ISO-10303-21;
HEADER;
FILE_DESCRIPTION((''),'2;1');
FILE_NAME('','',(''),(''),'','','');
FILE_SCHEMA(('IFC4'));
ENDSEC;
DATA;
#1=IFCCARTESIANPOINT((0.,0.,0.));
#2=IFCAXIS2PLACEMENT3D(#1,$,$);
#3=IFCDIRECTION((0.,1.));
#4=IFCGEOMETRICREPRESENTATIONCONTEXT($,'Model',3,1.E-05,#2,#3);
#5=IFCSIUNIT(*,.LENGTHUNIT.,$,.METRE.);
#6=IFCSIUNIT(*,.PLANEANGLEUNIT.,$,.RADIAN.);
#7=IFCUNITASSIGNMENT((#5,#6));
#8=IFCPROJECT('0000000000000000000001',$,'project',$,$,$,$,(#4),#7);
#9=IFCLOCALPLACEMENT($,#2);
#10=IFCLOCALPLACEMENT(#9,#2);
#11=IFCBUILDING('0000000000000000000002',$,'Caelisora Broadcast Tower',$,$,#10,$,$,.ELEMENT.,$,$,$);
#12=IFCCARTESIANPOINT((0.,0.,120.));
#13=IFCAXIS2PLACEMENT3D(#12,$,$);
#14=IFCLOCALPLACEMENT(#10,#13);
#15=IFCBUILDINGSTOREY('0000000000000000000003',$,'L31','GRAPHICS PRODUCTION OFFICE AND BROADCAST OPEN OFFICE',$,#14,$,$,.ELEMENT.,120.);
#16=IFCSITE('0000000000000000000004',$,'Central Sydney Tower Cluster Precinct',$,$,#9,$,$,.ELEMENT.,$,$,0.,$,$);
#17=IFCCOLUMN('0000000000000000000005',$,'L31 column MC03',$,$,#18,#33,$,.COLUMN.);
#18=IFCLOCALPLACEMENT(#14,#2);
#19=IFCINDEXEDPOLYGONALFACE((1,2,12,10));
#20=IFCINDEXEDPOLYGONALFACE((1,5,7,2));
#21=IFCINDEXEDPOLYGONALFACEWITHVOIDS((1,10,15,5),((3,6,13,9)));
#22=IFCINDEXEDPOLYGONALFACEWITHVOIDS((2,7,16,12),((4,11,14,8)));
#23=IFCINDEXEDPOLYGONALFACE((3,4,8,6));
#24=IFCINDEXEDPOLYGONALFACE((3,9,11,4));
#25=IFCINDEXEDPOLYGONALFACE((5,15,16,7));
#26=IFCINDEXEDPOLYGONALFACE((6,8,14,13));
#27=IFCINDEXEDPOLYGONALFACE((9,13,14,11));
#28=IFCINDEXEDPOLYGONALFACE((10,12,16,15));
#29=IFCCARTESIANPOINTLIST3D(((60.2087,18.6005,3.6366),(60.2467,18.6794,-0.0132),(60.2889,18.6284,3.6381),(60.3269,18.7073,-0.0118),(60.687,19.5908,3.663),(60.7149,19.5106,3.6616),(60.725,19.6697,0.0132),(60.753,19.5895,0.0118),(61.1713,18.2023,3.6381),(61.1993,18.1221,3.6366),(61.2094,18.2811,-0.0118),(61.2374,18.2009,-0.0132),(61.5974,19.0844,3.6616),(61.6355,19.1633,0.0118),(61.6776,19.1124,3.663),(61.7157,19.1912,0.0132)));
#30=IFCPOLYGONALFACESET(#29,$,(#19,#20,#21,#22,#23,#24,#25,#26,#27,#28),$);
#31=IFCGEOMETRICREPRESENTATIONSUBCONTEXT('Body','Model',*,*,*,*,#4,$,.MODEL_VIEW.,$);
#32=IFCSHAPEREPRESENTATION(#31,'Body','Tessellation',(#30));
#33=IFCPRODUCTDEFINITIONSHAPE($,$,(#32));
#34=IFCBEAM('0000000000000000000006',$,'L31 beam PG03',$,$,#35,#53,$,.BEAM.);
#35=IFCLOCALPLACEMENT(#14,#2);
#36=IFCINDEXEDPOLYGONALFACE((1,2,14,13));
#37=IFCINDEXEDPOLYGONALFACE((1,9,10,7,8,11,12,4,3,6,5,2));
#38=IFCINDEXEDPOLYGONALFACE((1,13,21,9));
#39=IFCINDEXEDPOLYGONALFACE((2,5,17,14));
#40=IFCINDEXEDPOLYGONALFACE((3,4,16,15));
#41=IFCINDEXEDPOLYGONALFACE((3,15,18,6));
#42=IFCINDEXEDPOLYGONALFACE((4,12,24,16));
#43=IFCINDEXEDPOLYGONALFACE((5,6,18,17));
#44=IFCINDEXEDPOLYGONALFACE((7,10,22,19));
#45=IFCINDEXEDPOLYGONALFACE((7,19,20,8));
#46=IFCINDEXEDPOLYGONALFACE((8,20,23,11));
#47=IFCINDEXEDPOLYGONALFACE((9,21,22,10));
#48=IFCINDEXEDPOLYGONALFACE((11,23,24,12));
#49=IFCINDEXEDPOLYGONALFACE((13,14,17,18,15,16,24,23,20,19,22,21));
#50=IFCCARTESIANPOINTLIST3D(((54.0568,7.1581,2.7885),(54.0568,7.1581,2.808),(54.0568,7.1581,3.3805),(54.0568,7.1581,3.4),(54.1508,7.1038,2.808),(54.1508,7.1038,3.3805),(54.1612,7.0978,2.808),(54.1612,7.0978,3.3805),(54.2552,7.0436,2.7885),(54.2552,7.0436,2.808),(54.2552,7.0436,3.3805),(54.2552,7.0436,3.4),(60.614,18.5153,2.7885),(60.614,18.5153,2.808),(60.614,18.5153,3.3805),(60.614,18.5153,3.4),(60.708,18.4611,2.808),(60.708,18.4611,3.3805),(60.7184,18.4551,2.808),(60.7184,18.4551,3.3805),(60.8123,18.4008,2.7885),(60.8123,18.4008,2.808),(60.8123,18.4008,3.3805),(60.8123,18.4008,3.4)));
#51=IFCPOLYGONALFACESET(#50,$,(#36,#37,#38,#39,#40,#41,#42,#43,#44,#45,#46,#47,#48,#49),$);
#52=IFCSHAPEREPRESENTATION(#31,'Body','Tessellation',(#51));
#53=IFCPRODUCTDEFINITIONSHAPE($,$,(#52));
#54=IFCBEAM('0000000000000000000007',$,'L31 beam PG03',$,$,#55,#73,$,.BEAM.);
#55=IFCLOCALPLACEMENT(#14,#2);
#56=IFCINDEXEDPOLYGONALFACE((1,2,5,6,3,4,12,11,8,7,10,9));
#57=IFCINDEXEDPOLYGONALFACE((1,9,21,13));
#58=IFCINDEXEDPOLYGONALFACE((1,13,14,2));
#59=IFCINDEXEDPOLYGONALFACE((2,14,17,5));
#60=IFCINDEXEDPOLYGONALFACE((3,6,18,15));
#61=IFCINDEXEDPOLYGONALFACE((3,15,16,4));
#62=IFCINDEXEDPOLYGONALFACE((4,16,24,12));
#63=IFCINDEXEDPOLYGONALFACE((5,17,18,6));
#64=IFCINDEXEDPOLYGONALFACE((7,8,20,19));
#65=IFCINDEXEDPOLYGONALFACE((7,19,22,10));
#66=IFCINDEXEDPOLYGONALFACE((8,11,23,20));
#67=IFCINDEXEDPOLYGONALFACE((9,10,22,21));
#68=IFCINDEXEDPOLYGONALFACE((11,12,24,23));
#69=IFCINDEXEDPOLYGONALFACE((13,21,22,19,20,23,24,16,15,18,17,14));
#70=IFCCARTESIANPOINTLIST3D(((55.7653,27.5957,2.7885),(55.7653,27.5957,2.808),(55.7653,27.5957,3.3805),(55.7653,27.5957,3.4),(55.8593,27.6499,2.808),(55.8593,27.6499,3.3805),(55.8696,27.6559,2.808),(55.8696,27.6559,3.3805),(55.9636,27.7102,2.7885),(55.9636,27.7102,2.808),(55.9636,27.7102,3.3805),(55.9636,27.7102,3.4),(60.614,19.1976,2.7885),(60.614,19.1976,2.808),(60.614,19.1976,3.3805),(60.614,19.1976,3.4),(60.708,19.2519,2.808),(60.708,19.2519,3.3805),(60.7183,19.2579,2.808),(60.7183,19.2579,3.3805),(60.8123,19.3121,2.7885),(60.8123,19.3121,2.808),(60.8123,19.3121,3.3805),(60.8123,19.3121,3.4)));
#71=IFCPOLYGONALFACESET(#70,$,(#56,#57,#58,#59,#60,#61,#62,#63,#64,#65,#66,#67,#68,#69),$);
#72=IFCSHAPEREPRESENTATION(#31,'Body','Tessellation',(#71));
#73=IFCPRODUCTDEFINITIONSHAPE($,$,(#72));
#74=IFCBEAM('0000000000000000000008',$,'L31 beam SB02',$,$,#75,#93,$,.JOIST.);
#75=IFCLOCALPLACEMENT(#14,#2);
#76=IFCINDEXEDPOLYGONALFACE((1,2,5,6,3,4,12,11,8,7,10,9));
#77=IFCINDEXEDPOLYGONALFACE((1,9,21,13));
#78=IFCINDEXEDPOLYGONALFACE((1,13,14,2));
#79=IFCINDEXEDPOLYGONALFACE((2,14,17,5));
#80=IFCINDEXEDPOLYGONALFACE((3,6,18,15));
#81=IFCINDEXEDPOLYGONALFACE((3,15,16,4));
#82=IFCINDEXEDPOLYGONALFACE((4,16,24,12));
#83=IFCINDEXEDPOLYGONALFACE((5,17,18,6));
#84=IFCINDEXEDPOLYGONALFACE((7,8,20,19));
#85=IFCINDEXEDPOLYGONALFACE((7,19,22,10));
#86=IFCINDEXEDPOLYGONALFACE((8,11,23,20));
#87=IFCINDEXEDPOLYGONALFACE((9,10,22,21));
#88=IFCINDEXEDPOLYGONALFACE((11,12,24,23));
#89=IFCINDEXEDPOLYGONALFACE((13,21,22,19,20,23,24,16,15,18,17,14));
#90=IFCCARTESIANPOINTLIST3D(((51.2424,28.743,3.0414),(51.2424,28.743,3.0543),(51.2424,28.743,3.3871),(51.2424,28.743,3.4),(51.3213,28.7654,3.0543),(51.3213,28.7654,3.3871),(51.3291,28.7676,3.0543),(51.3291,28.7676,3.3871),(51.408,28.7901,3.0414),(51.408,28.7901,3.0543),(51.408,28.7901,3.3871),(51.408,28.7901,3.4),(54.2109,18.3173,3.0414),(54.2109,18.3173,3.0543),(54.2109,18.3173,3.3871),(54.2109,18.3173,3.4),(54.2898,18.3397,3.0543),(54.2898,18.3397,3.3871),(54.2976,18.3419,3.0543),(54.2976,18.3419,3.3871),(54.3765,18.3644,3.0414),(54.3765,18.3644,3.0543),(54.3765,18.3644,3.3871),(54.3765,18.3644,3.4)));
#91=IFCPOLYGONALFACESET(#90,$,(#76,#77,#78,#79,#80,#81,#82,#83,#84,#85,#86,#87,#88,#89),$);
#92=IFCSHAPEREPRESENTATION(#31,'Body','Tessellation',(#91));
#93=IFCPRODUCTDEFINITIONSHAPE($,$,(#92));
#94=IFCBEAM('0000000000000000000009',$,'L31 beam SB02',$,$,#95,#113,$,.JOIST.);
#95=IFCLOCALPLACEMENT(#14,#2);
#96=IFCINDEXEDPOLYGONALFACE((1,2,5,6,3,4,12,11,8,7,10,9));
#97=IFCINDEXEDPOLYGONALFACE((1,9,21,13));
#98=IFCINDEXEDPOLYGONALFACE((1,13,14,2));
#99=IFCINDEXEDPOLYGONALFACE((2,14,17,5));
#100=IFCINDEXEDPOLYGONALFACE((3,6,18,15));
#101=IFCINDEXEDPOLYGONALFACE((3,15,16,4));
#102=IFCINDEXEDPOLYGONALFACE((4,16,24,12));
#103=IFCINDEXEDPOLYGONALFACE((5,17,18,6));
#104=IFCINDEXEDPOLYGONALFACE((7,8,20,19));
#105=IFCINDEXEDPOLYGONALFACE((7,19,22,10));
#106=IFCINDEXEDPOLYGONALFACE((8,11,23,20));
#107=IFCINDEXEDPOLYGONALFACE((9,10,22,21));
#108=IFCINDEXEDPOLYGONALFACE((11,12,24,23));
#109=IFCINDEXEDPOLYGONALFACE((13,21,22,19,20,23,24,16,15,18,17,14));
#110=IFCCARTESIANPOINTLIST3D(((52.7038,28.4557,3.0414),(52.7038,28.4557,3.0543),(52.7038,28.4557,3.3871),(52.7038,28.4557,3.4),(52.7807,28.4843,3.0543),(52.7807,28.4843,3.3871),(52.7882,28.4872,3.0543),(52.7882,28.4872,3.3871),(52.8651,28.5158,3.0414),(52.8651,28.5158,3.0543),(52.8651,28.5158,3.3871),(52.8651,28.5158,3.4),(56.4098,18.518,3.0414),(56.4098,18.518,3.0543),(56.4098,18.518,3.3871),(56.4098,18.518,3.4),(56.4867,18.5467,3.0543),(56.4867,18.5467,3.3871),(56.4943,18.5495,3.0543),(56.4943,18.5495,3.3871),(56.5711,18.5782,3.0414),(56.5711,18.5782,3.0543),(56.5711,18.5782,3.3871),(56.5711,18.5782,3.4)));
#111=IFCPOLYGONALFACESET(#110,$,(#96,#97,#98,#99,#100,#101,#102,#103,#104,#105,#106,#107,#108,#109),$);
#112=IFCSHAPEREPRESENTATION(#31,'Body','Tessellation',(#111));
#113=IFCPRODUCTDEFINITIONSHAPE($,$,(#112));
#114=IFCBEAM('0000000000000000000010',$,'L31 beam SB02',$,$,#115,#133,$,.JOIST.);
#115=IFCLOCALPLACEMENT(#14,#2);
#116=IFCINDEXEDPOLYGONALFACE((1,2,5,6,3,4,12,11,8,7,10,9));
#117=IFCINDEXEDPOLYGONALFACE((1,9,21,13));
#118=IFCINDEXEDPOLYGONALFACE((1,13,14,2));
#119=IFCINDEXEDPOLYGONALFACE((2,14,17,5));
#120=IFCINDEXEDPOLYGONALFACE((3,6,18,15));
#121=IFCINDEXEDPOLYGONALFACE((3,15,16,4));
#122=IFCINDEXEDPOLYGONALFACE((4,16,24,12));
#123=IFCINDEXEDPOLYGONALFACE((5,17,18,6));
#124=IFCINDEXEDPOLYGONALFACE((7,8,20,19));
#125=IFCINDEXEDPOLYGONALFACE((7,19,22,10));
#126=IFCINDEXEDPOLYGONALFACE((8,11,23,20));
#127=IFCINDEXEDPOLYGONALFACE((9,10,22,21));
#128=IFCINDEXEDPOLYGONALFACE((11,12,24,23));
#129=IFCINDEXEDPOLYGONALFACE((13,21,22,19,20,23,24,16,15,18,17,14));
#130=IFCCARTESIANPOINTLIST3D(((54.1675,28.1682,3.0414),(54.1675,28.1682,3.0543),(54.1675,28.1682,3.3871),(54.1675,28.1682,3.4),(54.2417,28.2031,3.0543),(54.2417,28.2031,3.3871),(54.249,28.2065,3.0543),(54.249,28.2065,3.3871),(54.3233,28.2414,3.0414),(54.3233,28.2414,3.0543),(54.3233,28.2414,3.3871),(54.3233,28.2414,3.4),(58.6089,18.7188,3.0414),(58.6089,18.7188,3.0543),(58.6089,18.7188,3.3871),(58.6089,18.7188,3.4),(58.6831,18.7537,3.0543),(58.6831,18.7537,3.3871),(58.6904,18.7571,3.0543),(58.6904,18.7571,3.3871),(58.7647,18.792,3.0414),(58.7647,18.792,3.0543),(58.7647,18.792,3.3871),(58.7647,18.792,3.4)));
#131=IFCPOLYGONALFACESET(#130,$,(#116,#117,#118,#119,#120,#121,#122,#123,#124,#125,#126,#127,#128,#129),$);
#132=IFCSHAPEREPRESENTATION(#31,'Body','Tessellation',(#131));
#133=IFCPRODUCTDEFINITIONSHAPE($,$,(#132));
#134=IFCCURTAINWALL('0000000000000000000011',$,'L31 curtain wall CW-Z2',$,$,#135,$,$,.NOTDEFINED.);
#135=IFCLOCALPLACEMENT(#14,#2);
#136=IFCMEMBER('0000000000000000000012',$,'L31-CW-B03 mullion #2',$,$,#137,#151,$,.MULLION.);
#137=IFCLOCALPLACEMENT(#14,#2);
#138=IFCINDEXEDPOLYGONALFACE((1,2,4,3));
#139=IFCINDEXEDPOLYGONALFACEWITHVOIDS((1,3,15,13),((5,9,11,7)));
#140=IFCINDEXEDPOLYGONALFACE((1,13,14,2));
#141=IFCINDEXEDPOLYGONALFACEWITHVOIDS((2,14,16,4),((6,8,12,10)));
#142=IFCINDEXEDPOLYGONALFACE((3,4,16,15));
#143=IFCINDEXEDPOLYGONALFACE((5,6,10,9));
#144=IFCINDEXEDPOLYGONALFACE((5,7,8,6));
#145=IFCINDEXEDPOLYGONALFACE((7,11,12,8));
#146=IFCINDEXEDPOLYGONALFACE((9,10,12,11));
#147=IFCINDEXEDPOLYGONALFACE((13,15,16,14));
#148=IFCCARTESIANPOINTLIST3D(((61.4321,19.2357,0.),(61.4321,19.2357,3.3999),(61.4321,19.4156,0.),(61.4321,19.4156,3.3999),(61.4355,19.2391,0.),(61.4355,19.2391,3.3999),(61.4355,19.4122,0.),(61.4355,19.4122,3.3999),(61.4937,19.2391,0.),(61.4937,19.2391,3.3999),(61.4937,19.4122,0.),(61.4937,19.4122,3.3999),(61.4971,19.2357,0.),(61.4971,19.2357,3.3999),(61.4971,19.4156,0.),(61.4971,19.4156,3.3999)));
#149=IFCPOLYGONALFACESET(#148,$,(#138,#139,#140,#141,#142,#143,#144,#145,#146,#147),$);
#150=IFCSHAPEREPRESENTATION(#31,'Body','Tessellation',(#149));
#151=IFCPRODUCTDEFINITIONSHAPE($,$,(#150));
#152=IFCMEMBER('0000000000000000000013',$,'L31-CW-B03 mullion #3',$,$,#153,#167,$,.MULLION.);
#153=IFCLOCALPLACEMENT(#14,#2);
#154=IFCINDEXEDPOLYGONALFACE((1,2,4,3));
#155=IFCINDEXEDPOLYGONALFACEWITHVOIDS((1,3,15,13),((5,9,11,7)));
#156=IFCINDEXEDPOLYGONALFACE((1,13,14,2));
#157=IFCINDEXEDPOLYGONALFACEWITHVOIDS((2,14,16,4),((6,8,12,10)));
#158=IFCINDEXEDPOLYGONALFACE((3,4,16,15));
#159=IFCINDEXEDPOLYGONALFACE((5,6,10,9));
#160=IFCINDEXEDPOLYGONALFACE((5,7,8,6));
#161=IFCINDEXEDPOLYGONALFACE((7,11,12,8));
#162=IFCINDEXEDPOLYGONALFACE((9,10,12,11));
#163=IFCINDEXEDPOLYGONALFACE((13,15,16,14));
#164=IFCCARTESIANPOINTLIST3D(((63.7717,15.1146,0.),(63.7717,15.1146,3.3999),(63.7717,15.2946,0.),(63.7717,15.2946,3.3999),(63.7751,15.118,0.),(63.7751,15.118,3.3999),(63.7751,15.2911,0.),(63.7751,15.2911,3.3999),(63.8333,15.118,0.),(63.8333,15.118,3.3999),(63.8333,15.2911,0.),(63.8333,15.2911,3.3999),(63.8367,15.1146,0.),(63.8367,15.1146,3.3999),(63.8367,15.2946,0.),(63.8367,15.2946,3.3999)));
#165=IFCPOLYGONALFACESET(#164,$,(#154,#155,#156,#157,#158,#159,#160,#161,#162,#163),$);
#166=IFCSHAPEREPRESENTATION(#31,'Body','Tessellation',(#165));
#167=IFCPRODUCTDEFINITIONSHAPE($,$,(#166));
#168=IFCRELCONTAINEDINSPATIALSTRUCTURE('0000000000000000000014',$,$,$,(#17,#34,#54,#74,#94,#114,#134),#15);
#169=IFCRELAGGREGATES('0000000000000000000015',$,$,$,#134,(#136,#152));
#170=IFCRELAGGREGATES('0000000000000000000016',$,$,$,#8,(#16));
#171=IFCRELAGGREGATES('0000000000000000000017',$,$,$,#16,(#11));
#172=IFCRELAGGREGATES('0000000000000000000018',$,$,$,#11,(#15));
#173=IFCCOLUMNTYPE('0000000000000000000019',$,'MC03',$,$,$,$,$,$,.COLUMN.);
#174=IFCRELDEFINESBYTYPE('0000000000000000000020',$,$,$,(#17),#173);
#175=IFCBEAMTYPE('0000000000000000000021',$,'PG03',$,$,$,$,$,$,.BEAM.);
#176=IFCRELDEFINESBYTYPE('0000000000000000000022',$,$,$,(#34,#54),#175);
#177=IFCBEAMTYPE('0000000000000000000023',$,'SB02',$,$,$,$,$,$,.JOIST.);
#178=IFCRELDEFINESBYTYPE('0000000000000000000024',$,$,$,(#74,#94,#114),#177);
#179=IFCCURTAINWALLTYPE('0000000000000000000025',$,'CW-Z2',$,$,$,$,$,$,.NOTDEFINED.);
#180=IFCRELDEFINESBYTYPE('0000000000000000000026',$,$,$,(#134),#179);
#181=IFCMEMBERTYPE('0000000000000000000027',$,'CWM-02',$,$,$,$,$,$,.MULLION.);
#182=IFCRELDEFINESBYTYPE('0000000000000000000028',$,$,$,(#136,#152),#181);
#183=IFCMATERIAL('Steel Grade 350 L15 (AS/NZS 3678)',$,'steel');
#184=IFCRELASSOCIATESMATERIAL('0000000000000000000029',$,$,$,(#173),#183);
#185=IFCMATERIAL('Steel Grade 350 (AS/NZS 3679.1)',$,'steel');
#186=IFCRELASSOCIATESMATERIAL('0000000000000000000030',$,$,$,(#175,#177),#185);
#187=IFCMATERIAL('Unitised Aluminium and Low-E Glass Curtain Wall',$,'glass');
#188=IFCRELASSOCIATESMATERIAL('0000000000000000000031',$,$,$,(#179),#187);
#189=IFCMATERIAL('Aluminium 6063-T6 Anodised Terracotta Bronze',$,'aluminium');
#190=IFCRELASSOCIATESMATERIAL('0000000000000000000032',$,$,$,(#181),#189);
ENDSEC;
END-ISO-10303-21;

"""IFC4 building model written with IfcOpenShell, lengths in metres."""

from ifc_helpers import new_model, si_unit, direction, frame, origin, origin_2d, place, context, subcontext, project, spatial, hollow_rectangle, i_section, extrude, source, transform, mapped, material, material_profile, profile_set, type_object, type_shapes, element, aggregate, save


model = new_model("IFC4")

# Units and contexts
model_context = context("Model", 3, precision=1e-05, world=origin(), true_north=direction((0.0, 1.0)))
body_context = subcontext(model_context, "Body", "Model", "MODEL_VIEW")
ifc_project = project(units=[si_unit("LENGTHUNIT", "METRE"), si_unit("PLANEANGLEUNIT", "RADIAN")], contexts=[model_context])

# Site, building, storey
site_placement = place(None, origin())
site = spatial("IfcSite", under=ifc_project, at=site_placement, Name="Central Sydney Tower Cluster Precinct", CompositionType="ELEMENT", RefElevation=0.0)
building_placement = place(site_placement, origin())
building = spatial("IfcBuilding", under=site, at=building_placement, Name="Caelisora Broadcast Tower", CompositionType="ELEMENT")
storey_placement = place(building_placement, frame((0.0, 0.0, 120.0)))
storey = spatial("IfcBuildingStorey", under=building, at=storey_placement, Name="L31", Description="GRAPHICS PRODUCTION OFFICE AND BROADCAST OPEN OFFICE", CompositionType="ELEMENT", Elevation=120.0)

# Column
ifc_material_1 = material(Name="Steel Grade 350 L15 (AS/NZS 3678)", Category="steel")
ifc_material_profile_1 = material_profile(ifc_material_1, hollow_rectangle(XDim=1.1001, YDim=1.1001, WallThickness=0.0601, at=origin_2d()), Name="Steel Grade 350 L15 (AS/NZS 3678)")
ifc_profile_set_1 = profile_set([ifc_material_profile_1], Name="Steel Grade 350 L15 (AS/NZS 3678)")
column_type = type_object("IfcColumnType", Name="MC03", PredefinedType="COLUMN", material=ifc_profile_set_1)
shared_shape_1 = source(origin(), body_context, "Body", "SweptSolid", [
    extrude(hollow_rectangle(XDim=1.1001, YDim=1.1001, WallThickness=0.0601, at=origin_2d()), origin(), (0.0, 0.0, 1.0), 3.6509),
])
type_shapes(column_type, [shared_shape_1])
column_placement = place(storey_placement, frame((60.9812, 18.9353, 0.0), z_axis=(-0.010432, -0.021599, 0.999712), x_axis=(0.900476, -0.434905, 0.0)))
element("IfcColumn", 1, at=column_placement, inside=storey, type_object=column_type, Name="L31 column MC03", PredefinedType="COLUMN", context=body_context, shape_type="MappedRepresentation", body=[
    mapped(shared_shape_1, transform((0.0, 0.0, 0.0), scale=1.0)),
])

# Beams
ifc_material_2 = material(Name="Steel Grade 350 (AS/NZS 3679.1)", Category="steel")
ifc_material_profile_2 = material_profile(ifc_material_2, i_section(OverallWidth=0.229, OverallDepth=0.6116, WebThickness=0.012, FlangeThickness=0.0195, at=origin_2d()), Name="Steel Grade 350 (AS/NZS 3679.1)")
ifc_profile_set_2 = profile_set([ifc_material_profile_2], Name="Steel Grade 350 (AS/NZS 3679.1)")
beam_type_1 = type_object("IfcBeamType", Name="PG03", PredefinedType="BEAM", material=ifc_profile_set_2)
shared_shape_2 = source(origin(), body_context, "Body", "SweptSolid", [
    extrude(i_section(OverallWidth=0.229, OverallDepth=0.6116, WebThickness=0.012, FlangeThickness=0.0195, at=origin_2d()), origin(), (0.0, 0.0, 1.0), 13.1143),
])
beam_1_placement = place(storey_placement, frame((54.156, 7.1008, 3.0942), z_axis=(0.500003, 0.866023, 0.0), x_axis=(-0.866023, 0.500003, 0.0)))
element("IfcBeam", 2, at=beam_1_placement, inside=storey, type_object=beam_type_1, Name="L31 beam PG03", PredefinedType="BEAM", context=body_context, shape_type="MappedRepresentation", body=[
    mapped(shared_shape_2, transform((0.0, 0.0, 0.0), scale=1.0)),
])
shared_shape_3 = source(origin(), body_context, "Body", "SweptSolid", [
    extrude(i_section(OverallWidth=0.229, OverallDepth=0.6116, WebThickness=0.012, FlangeThickness=0.0195, at=origin_2d()), origin(), (0.0, 0.0, 1.0), 9.6973),
])
type_shapes(beam_type_1, [shared_shape_2, shared_shape_3])
beam_2_placement = place(storey_placement, frame((60.7131, 19.2549, 3.0942), z_axis=(-0.500006, 0.866022, 0.0), x_axis=(-0.866022, -0.500006, 0.0)))
element("IfcBeam", 3, at=beam_2_placement, inside=storey, type_object=beam_type_1, Name="L31 beam PG03", PredefinedType="BEAM", context=body_context, shape_type="MappedRepresentation", body=[
    mapped(shared_shape_3, transform((0.0, 0.0, 0.0), scale=1.0)),
])
ifc_material_profile_3 = material_profile(ifc_material_2, i_section(OverallWidth=0.1721, OverallDepth=0.3586, WebThickness=0.0081, FlangeThickness=0.0129, at=origin_2d()), Name="Steel Grade 350 (AS/NZS 3679.1)")
ifc_profile_set_3 = profile_set([ifc_material_profile_3], Name="Steel Grade 350 (AS/NZS 3679.1)")
beam_type_2 = type_object("IfcBeamType", Name="SB02", PredefinedType="JOIST", material=ifc_profile_set_3)
shared_shape_4 = source(origin(), body_context, "Body", "SweptSolid", [
    extrude(i_section(OverallWidth=0.1721, OverallDepth=0.3586, WebThickness=0.0081, FlangeThickness=0.0129, at=origin_2d()), origin(), (0.0, 0.0, 1.0), 10.8401),
])
beam_3_placement = place(storey_placement, frame((54.2937, 18.3408, 3.2207), z_axis=(-0.273844, 0.961774, 0.0), x_axis=(-0.961774, -0.273844, 0.0)))
element("IfcBeam", 4, at=beam_3_placement, inside=storey, type_object=beam_type_2, Name="L31 beam SB02", PredefinedType="JOIST", context=body_context, shape_type="MappedRepresentation", body=[
    mapped(shared_shape_4, transform((0.0, 0.0, 0.0), scale=1.0)),
])
shared_shape_5 = source(origin(), body_context, "Body", "SweptSolid", [
    extrude(i_section(OverallWidth=0.1721, OverallDepth=0.3586, WebThickness=0.0081, FlangeThickness=0.0129, at=origin_2d()), origin(), (0.0, 0.0, 1.0), 10.6062),
])
beam_4_placement = place(storey_placement, frame((56.4905, 18.5481, 3.2207), z_axis=(-0.34942, 0.936966, 0.0), x_axis=(-0.936966, -0.34942, 0.0)))
element("IfcBeam", 5, at=beam_4_placement, inside=storey, type_object=beam_type_2, Name="L31 beam SB02", PredefinedType="JOIST", context=body_context, shape_type="MappedRepresentation", body=[
    mapped(shared_shape_5, transform((0.0, 0.0, 0.0), scale=1.0)),
])
shared_shape_6 = source(origin(), body_context, "Body", "SweptSolid", [
    extrude(i_section(OverallWidth=0.1721, OverallDepth=0.3586, WebThickness=0.0081, FlangeThickness=0.0129, at=origin_2d()), origin(), (0.0, 0.0, 1.0), 10.4412),
])
type_shapes(beam_type_2, [shared_shape_4, shared_shape_5, shared_shape_6])
beam_5_placement = place(storey_placement, frame((58.6868, 18.7554, 3.2207), z_axis=(-0.425374, 0.905018, 0.0), x_axis=(-0.905018, -0.425374, 0.0)))
element("IfcBeam", 6, at=beam_5_placement, inside=storey, type_object=beam_type_2, Name="L31 beam SB02", PredefinedType="JOIST", context=body_context, shape_type="MappedRepresentation", body=[
    mapped(shared_shape_6, transform((0.0, 0.0, 0.0), scale=1.0)),
])

# Curtain wall, members
ifc_material_3 = material(Name="Unitised Aluminium and Low-E Glass Curtain Wall", Category="glass")
curtain_wall_type = type_object("IfcCurtainWallType", Name="CW-Z2", PredefinedType="NOTDEFINED", material=ifc_material_3)
curtain_wall_1_placement = place(storey_placement, origin())
curtain_wall_1 = element("IfcCurtainWall", 7, at=curtain_wall_1_placement, inside=storey, type_object=curtain_wall_type, Name="L31 curtain wall CW-Z2", PredefinedType="NOTDEFINED")
ifc_material_4 = material(Name="Aluminium 6063-T6 Anodised Terracotta Bronze", Category="aluminium")
ifc_material_profile_4 = material_profile(ifc_material_4, hollow_rectangle(XDim=0.0649, YDim=0.1799, WallThickness=0.0034, at=origin_2d()), Name="Aluminium 6063-T6 Anodised Terracotta Bronze")
ifc_profile_set_4 = profile_set([ifc_material_profile_4], Name="Aluminium 6063-T6 Anodised Terracotta Bronze")
member_type_1 = type_object("IfcMemberType", Name="CWM-02", PredefinedType="MULLION", material=ifc_profile_set_4)
shared_shape_7 = source(origin(), body_context, "Body", "SweptSolid", [
    extrude(hollow_rectangle(XDim=0.0649, YDim=0.1799, WallThickness=0.0034, at=origin_2d()), origin(), (0.0, 0.0, 1.0), 3.3999),
])
type_shapes(member_type_1, [shared_shape_7])
member_1_placement = place(storey_placement, frame((61.4646, 19.3257, 0.0), z_axis=(0.0, 0.0, 1.0), x_axis=(1.0, 0.0, 0.0)))
member_1 = element("IfcMember", 8, at=member_1_placement, type_object=member_type_1, Name="L31-CW-B03 mullion #2", PredefinedType="MULLION", context=body_context, shape_type="MappedRepresentation", body=[
    mapped(shared_shape_7, transform((0.0, 0.0, 0.0), scale=1.0)),
])
member_2_placement = place(storey_placement, frame((63.8042, 15.2046, 0.0), z_axis=(0.0, 0.0, 1.0), x_axis=(1.0, 0.0, 0.0)))
member_2 = element("IfcMember", 9, at=member_2_placement, type_object=member_type_1, Name="L31-CW-B03 mullion #3", PredefinedType="MULLION", context=body_context, shape_type="MappedRepresentation", body=[
    mapped(shared_shape_7, transform((0.0, 0.0, 0.0), scale=1.0)),
])

aggregate(curtain_wall_1, [member_1, member_2])

save(model, "model.ifc")
